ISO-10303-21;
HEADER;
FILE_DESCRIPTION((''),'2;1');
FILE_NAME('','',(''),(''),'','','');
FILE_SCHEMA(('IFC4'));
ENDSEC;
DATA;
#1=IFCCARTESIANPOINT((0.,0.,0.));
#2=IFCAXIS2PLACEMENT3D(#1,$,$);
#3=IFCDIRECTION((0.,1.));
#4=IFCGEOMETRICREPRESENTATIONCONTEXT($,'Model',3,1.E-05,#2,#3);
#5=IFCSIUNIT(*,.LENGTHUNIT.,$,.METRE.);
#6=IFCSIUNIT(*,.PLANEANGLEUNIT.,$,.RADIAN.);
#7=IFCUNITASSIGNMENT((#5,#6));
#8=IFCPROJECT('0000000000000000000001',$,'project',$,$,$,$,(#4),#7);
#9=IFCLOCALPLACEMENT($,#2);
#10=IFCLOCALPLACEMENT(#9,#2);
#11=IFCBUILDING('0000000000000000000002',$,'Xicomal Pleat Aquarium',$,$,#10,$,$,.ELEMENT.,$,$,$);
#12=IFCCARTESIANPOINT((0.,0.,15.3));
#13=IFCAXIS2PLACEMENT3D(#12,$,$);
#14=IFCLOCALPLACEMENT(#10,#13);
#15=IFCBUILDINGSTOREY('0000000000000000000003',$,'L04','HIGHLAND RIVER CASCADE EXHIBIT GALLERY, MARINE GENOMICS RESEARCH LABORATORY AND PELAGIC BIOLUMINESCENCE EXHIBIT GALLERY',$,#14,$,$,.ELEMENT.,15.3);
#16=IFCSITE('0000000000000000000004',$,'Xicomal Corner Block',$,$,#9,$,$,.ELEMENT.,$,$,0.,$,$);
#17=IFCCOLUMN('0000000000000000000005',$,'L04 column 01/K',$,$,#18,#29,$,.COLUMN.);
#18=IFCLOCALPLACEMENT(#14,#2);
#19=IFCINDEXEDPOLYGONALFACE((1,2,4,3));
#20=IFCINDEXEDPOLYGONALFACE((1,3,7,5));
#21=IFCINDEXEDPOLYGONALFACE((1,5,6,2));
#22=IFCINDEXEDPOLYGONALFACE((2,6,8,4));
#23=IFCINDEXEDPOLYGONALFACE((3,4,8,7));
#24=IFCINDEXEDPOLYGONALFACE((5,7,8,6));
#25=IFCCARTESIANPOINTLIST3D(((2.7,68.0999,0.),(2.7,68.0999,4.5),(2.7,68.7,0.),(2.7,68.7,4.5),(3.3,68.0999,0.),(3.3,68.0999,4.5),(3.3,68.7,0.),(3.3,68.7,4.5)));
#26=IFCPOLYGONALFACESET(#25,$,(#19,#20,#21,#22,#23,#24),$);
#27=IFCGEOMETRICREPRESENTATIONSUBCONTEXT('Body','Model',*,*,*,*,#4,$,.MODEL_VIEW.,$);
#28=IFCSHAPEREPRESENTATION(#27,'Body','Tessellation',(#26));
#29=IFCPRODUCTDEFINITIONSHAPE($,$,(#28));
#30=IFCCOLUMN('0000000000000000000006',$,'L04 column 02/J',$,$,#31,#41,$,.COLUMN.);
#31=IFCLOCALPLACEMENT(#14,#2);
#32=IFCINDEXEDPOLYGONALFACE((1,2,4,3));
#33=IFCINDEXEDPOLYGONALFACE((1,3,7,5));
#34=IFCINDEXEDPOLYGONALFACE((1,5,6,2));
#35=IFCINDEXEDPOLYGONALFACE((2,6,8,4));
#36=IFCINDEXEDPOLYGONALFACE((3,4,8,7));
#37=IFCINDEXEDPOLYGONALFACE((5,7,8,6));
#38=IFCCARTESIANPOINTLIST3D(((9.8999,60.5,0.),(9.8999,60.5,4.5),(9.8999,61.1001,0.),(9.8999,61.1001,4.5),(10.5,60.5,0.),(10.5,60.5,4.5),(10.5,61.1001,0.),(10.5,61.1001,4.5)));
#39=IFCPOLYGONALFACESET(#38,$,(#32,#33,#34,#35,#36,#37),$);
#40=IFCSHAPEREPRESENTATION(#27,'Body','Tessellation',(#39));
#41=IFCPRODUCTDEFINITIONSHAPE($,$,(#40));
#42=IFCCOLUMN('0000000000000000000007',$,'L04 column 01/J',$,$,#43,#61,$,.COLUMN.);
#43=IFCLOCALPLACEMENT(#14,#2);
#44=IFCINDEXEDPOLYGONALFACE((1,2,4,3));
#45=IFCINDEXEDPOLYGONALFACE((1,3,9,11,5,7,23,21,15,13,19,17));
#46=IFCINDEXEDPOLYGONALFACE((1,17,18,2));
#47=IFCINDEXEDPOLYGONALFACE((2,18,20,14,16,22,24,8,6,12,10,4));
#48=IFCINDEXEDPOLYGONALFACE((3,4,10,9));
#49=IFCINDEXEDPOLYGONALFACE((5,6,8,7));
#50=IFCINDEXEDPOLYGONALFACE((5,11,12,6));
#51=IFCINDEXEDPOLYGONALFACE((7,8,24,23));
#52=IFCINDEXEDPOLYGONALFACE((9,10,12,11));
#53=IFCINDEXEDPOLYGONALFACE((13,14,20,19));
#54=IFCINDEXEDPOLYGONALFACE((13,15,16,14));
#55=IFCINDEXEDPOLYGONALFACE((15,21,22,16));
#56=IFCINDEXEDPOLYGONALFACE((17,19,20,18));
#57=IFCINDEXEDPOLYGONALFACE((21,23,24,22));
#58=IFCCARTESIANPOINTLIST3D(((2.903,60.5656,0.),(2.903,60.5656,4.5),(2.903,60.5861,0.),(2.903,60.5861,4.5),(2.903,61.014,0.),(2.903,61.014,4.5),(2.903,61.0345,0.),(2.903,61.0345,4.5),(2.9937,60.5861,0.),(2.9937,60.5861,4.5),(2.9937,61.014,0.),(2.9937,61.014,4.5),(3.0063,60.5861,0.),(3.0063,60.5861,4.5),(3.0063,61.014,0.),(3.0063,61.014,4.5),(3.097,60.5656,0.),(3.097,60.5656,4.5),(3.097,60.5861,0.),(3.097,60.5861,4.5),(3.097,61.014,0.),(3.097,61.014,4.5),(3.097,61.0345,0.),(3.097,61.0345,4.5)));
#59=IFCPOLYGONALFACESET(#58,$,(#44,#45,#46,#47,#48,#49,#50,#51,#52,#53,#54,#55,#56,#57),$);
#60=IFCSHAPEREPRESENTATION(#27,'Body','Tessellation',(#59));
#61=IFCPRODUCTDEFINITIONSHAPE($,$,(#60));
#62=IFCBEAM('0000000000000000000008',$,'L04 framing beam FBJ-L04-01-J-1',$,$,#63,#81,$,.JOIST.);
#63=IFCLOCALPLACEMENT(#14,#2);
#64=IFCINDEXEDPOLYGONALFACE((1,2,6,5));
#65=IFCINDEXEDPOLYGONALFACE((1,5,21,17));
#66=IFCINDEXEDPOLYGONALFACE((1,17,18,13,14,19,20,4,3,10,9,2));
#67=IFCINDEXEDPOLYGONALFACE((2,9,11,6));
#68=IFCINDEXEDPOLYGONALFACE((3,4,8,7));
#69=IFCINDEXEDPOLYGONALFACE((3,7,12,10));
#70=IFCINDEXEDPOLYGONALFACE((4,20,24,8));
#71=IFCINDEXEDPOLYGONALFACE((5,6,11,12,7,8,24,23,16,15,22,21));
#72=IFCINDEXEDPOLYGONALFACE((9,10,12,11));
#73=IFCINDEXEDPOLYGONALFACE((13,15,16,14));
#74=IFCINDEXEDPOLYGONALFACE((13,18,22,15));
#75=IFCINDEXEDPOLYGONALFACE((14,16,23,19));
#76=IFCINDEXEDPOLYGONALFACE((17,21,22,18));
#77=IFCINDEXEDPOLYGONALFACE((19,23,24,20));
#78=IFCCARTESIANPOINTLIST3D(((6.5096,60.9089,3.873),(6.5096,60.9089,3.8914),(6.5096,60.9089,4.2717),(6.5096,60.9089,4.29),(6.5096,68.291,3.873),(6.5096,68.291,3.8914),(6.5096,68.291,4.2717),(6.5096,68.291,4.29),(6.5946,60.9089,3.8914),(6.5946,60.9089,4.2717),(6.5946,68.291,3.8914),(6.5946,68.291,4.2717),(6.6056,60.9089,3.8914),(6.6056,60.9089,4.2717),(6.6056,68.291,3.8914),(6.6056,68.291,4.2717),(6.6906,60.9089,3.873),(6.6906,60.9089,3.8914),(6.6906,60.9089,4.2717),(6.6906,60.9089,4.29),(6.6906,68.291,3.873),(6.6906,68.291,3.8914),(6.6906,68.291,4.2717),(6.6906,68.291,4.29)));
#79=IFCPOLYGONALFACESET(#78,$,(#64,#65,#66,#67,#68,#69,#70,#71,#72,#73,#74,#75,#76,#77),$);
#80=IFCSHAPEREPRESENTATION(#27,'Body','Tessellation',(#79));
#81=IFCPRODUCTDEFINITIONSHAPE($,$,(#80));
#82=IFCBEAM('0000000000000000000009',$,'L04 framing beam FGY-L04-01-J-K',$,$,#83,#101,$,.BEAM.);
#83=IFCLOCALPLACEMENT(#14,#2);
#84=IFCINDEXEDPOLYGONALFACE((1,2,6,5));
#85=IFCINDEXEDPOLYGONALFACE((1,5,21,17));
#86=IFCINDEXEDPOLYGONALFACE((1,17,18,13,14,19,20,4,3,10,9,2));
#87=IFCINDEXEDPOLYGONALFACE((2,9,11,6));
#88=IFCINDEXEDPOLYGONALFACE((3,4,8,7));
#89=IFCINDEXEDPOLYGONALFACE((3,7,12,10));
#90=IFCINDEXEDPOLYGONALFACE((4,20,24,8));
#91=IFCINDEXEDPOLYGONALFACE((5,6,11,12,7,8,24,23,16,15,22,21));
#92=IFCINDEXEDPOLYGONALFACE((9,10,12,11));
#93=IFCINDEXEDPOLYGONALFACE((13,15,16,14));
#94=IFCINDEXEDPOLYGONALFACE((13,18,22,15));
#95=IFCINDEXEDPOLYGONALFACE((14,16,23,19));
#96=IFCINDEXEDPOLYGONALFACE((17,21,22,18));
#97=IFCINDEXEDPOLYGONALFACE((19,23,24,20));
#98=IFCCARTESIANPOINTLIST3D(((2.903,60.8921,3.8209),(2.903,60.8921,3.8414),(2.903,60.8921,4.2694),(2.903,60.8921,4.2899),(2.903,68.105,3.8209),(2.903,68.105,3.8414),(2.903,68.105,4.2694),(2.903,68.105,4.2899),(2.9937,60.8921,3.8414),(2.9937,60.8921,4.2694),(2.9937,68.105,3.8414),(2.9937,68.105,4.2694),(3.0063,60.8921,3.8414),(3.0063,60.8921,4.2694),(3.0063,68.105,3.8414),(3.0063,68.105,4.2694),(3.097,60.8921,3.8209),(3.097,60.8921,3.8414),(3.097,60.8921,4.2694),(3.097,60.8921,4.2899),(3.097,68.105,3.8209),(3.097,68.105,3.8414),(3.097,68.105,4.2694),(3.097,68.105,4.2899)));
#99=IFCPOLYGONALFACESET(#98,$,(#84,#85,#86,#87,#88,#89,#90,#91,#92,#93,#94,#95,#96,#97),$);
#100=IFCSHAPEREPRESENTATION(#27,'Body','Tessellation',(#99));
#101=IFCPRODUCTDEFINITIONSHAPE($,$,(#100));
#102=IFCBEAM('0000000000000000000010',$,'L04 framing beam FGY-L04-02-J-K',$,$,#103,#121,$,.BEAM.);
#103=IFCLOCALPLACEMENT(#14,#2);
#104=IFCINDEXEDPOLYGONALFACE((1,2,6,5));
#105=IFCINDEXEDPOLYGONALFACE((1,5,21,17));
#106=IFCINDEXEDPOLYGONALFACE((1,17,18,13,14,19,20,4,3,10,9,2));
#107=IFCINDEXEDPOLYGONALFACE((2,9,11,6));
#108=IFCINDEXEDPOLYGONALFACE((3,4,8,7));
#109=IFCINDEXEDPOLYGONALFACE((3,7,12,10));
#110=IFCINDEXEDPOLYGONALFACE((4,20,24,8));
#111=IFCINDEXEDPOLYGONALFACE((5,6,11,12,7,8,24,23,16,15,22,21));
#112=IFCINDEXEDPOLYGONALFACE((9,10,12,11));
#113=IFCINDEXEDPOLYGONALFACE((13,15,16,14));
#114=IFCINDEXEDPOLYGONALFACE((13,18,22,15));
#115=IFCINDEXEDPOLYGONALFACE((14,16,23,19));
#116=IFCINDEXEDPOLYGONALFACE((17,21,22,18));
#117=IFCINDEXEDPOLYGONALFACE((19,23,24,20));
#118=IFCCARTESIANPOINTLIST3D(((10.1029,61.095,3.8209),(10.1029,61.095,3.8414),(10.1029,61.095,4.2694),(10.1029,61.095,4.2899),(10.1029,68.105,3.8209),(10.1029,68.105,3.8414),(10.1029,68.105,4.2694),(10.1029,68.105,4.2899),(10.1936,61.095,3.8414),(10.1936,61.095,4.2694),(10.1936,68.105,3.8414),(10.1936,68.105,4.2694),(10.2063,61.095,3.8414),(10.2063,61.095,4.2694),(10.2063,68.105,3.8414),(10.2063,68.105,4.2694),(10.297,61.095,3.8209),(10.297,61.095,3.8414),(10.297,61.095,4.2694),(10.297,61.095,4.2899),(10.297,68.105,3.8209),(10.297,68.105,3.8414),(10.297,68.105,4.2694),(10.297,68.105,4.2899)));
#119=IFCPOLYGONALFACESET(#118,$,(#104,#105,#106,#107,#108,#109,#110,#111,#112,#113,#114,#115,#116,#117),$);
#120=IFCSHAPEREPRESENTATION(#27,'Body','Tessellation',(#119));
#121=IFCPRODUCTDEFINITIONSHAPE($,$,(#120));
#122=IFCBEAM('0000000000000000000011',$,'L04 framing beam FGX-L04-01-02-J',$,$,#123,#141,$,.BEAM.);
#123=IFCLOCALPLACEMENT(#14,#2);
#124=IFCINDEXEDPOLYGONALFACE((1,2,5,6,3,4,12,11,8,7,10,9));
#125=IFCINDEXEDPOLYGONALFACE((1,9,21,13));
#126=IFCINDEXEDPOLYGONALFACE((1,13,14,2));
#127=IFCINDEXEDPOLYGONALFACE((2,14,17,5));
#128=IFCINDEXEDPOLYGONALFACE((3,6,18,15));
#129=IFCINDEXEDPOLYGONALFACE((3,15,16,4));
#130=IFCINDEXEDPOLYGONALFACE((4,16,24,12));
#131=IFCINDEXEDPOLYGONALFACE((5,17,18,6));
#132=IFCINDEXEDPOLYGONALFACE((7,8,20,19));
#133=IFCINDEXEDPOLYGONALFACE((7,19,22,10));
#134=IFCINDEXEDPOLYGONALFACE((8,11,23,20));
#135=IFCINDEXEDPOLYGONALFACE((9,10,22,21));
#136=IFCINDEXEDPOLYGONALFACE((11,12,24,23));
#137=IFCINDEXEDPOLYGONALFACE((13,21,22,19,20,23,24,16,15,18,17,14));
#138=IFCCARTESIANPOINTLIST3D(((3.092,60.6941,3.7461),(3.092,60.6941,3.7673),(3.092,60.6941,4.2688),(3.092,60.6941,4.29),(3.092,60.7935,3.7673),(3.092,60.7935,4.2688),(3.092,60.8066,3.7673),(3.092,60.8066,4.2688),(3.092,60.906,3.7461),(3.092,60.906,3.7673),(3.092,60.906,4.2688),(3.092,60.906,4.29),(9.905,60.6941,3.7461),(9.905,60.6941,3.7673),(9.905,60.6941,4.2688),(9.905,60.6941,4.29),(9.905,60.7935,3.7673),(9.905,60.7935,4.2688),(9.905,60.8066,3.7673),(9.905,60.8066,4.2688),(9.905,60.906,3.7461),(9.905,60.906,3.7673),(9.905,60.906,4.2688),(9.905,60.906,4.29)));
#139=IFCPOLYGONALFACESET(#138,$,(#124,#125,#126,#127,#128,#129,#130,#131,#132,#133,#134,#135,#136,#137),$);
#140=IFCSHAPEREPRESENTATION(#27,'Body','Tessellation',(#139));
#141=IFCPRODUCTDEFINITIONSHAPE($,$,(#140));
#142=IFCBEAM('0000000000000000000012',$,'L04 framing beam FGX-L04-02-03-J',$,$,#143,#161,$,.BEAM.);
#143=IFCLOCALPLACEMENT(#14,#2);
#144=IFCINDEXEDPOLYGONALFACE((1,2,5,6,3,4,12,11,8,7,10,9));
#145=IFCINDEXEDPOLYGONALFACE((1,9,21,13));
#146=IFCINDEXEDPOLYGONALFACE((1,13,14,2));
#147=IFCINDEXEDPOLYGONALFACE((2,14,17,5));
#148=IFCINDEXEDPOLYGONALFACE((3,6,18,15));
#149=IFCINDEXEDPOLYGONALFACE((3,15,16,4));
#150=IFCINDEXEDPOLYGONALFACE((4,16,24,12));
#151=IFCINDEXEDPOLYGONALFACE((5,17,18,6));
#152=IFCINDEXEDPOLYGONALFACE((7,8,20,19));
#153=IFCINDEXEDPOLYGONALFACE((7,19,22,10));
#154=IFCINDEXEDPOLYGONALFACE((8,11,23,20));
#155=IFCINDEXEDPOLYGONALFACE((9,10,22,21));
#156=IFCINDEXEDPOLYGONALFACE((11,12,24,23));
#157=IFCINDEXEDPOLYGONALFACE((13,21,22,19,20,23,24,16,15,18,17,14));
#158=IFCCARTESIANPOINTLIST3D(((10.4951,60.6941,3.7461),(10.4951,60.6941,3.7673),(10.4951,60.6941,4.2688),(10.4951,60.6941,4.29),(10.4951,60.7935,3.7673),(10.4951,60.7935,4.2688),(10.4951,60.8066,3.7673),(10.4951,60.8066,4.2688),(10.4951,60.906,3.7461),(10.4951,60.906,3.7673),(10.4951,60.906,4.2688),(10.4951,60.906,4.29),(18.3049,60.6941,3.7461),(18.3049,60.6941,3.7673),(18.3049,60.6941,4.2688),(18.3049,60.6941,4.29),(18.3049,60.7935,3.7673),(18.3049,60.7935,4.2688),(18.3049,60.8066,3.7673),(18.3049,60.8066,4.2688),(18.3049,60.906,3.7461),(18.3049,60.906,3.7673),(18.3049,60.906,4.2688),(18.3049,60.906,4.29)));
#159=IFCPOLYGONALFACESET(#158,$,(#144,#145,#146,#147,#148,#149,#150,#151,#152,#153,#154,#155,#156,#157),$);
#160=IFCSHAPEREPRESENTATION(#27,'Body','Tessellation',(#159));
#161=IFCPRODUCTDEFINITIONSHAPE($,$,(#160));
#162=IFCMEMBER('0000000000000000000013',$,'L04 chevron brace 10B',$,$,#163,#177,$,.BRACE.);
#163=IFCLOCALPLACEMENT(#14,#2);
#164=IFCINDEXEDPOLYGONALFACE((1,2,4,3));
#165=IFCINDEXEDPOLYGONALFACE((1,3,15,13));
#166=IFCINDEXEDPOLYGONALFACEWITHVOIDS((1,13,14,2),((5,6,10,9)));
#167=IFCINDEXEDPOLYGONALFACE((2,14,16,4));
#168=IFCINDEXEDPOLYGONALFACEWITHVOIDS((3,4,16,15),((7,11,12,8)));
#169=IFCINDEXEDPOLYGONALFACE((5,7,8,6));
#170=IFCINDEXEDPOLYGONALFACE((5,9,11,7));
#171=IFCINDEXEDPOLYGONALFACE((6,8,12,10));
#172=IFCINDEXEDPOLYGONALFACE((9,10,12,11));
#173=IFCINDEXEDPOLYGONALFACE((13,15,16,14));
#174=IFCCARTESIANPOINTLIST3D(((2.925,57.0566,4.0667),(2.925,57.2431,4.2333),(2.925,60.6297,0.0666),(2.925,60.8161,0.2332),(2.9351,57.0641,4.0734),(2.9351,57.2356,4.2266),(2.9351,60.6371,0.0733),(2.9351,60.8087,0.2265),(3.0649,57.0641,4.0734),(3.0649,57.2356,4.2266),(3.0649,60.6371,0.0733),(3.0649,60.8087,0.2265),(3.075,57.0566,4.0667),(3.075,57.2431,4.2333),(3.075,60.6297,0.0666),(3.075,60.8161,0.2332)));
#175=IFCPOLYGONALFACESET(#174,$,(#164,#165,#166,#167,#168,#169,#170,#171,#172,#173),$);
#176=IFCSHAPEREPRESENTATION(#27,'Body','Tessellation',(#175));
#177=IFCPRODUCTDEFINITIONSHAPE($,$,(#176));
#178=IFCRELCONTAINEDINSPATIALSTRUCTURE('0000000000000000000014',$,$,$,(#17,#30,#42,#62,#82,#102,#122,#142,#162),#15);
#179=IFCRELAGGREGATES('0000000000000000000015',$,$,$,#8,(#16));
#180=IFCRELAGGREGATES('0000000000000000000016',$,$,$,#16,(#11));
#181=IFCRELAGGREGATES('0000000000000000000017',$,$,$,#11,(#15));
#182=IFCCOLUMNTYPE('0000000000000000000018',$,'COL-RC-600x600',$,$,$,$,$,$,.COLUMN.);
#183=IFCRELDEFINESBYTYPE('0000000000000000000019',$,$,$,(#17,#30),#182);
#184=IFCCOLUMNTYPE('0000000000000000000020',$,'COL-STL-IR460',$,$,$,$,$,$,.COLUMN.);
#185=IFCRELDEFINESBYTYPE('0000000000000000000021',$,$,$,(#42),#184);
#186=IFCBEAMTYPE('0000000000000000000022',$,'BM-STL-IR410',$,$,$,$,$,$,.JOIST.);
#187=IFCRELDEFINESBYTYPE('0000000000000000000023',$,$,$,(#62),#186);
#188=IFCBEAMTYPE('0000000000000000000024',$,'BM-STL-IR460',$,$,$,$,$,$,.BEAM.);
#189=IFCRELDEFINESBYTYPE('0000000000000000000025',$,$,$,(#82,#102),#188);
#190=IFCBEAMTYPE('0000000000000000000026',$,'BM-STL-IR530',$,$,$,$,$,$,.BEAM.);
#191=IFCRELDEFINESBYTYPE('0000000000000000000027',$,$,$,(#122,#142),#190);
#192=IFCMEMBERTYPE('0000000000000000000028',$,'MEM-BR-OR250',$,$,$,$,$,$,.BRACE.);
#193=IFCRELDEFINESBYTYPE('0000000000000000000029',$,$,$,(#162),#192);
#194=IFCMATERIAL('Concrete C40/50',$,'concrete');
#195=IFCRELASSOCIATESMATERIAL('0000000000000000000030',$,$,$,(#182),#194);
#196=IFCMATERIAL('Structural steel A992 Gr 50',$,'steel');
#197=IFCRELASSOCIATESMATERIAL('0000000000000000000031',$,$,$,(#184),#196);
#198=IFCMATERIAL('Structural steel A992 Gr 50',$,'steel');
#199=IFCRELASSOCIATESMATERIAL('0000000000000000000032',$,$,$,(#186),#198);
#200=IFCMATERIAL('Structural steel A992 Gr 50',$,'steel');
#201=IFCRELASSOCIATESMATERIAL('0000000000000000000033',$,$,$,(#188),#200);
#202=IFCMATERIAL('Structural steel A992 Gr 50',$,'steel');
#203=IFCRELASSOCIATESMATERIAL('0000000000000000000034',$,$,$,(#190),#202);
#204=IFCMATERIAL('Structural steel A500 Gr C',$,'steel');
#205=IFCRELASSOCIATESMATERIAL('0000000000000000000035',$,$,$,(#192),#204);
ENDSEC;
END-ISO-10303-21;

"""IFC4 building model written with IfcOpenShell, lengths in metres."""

from ifc_helpers import new_model, si_unit, direction, frame, origin, origin_2d, place, context, subcontext, project, spatial, rectangle, hollow_rectangle, i_section, extrude, material, material_profile, profile_set, type_object, element, save


model = new_model("IFC4")

# Units and contexts
model_context = context("Model", 3, precision=1e-05, world=origin(), true_north=direction((0.0, 1.0)))
body_context = subcontext(model_context, "Body", "Model", "MODEL_VIEW")
ifc_project = project(units=[si_unit("LENGTHUNIT", "METRE"), si_unit("PLANEANGLEUNIT", "RADIAN")], contexts=[model_context])

# Site, building, storey
site_placement = place(None, origin())
site = spatial("IfcSite", under=ifc_project, at=site_placement, Name="Xicomal Corner Block", CompositionType="ELEMENT", RefElevation=0.0)
building_placement = place(site_placement, origin())
building = spatial("IfcBuilding", under=site, at=building_placement, Name="Xicomal Pleat Aquarium", CompositionType="ELEMENT")
storey_placement = place(building_placement, frame((0.0, 0.0, 15.3)))
storey = spatial("IfcBuildingStorey", under=building, at=storey_placement, Name="L04", Description="HIGHLAND RIVER CASCADE EXHIBIT GALLERY, MARINE GENOMICS RESEARCH LABORATORY AND PELAGIC BIOLUMINESCENCE EXHIBIT GALLERY", CompositionType="ELEMENT", Elevation=15.3)

# Columns
ifc_material_1 = material(Name="Concrete C40/50", Category="concrete")
ifc_material_profile_1 = material_profile(ifc_material_1, rectangle(XDim=0.6001, YDim=0.6001, at=origin_2d()), Name="RC 600x600")
ifc_profile_set_1 = profile_set([ifc_material_profile_1], Name="Concrete C40/50")
column_type_1 = type_object("IfcColumnType", Name="COL-RC-600x600", PredefinedType="COLUMN", material=ifc_profile_set_1)
for number, where, z_axis, x_axis, name in (
    (1, (3.0, 68.3999, 0.0), (0.0, 0.0, 1.0), (1.0, 0.0, 0.0), "L04 column 01/K"),
    (2, (10.2, 60.8, 0.0), (0.0, 0.0, 1.0), (1.0, 0.0, 0.0), "L04 column 02/J"),
):
    element("IfcColumn", number, at=place(storey_placement, frame(where, z_axis=z_axis, x_axis=x_axis)), inside=storey, type_object=column_type_1, Name=name, PredefinedType="COLUMN", context=body_context, shape_type="SweptSolid", body=[
        extrude(rectangle(XDim=0.6001, YDim=0.6001, at=origin_2d()), origin(), (0.0, 0.0, 1.0), 4.5),
    ])
ifc_material_2 = material(Name="Structural steel A992 Gr 50", Category="steel")
ifc_material_profile_2 = material_profile(ifc_material_2, i_section(OverallWidth=0.1941, OverallDepth=0.469, WebThickness=0.0127, FlangeThickness=0.0205, at=origin_2d()), Name="IR 460x106")
ifc_profile_set_2 = profile_set([ifc_material_profile_2], Name="Structural steel A992 Gr 50")
column_type_2 = type_object("IfcColumnType", Name="COL-STL-IR460", PredefinedType="COLUMN", material=ifc_profile_set_2)
column_placement = place(storey_placement, frame((3.0, 60.8, 0.0), z_axis=(0.0, 0.0, 1.0), x_axis=(1.0, 0.0, 0.0)))
element("IfcColumn", 3, at=column_placement, inside=storey, type_object=column_type_2, Name="L04 column 01/J", PredefinedType="COLUMN", context=body_context, shape_type="SweptSolid", body=[
    extrude(i_section(OverallWidth=0.1941, OverallDepth=0.469, WebThickness=0.0127, FlangeThickness=0.0205, at=origin_2d()), origin(), (0.0, 0.0, 1.0), 4.5),
])

# Beams
ifc_material_3 = material(Name="Structural steel A992 Gr 50", Category="steel")
ifc_material_profile_3 = material_profile(ifc_material_3, i_section(OverallWidth=0.1809, OverallDepth=0.417, WebThickness=0.011, FlangeThickness=0.0183, at=origin_2d()), Name="IR 410x85")
ifc_profile_set_3 = profile_set([ifc_material_profile_3], Name="Structural steel A992 Gr 50")
beam_type_1 = type_object("IfcBeamType", Name="BM-STL-IR410", PredefinedType="JOIST", material=ifc_profile_set_3)
beam_1_placement = place(storey_placement, frame((6.6001, 60.9089, 4.0815), z_axis=(0.0, 1.0, 0.0), x_axis=(-1.0, 0.0, 0.0)))
element("IfcBeam", 4, at=beam_1_placement, inside=storey, type_object=beam_type_1, Name="L04 framing beam FBJ-L04-01-J-1", PredefinedType="JOIST", context=body_context, shape_type="SweptSolid", body=[
    extrude(i_section(OverallWidth=0.1809, OverallDepth=0.417, WebThickness=0.011, FlangeThickness=0.0183, at=origin_2d()), origin(), (0.0, 0.0, 1.0), 7.3821),
])
ifc_material_4 = material(Name="Structural steel A992 Gr 50", Category="steel")
ifc_material_profile_4 = material_profile(ifc_material_4, i_section(OverallWidth=0.1941, OverallDepth=0.469, WebThickness=0.0127, FlangeThickness=0.0205, at=origin_2d()), Name="IR 460x106")
ifc_profile_set_4 = profile_set([ifc_material_profile_4], Name="Structural steel A992 Gr 50")
beam_type_2 = type_object("IfcBeamType", Name="BM-STL-IR460", PredefinedType="BEAM", material=ifc_profile_set_4)
beam_2_placement = place(storey_placement, frame((3.0, 60.8921, 4.0554), z_axis=(0.0, 1.0, 0.0), x_axis=(-1.0, 0.0, 0.0)))
element("IfcBeam", 5, at=beam_2_placement, inside=storey, type_object=beam_type_2, Name="L04 framing beam FGY-L04-01-J-K", PredefinedType="BEAM", context=body_context, shape_type="SweptSolid", body=[
    extrude(i_section(OverallWidth=0.1941, OverallDepth=0.469, WebThickness=0.0127, FlangeThickness=0.0205, at=origin_2d()), origin(), (0.0, 0.0, 1.0), 7.2129),
])
beam_3_placement = place(storey_placement, frame((10.2, 61.095, 4.0554), z_axis=(0.0, 1.0, 0.0), x_axis=(-1.0, 0.0, 0.0)))
element("IfcBeam", 6, at=beam_3_placement, inside=storey, type_object=beam_type_2, Name="L04 framing beam FGY-L04-02-J-K", PredefinedType="BEAM", context=body_context, shape_type="SweptSolid", body=[
    extrude(i_section(OverallWidth=0.1941, OverallDepth=0.469, WebThickness=0.0127, FlangeThickness=0.0205, at=origin_2d()), origin(), (0.0, 0.0, 1.0), 7.01),
])
ifc_material_5 = material(Name="Structural steel A992 Gr 50", Category="steel")
ifc_material_profile_5 = material_profile(ifc_material_5, i_section(OverallWidth=0.2119, OverallDepth=0.5439, WebThickness=0.0132, FlangeThickness=0.0212, at=origin_2d()), Name="IR 530x123")
ifc_profile_set_5 = profile_set([ifc_material_profile_5], Name="Structural steel A992 Gr 50")
beam_type_3 = type_object("IfcBeamType", Name="BM-STL-IR530", PredefinedType="BEAM", material=ifc_profile_set_5)
beam_4_placement = place(storey_placement, frame((3.092, 60.8, 4.0181), z_axis=(1.0, 0.0, 0.0), x_axis=(0.0, 1.0, 0.0)))
element("IfcBeam", 7, at=beam_4_placement, inside=storey, type_object=beam_type_3, Name="L04 framing beam FGX-L04-01-02-J", PredefinedType="BEAM", context=body_context, shape_type="SweptSolid", body=[
    extrude(i_section(OverallWidth=0.2119, OverallDepth=0.5439, WebThickness=0.0132, FlangeThickness=0.0212, at=origin_2d()), origin(), (0.0, 0.0, 1.0), 6.813),
])
beam_5_placement = place(storey_placement, frame((10.4951, 60.8, 4.0181), z_axis=(1.0, 0.0, 0.0), x_axis=(0.0, 1.0, 0.0)))
element("IfcBeam", 8, at=beam_5_placement, inside=storey, type_object=beam_type_3, Name="L04 framing beam FGX-L04-02-03-J", PredefinedType="BEAM", context=body_context, shape_type="SweptSolid", body=[
    extrude(i_section(OverallWidth=0.2119, OverallDepth=0.5439, WebThickness=0.0132, FlangeThickness=0.0212, at=origin_2d()), origin(), (0.0, 0.0, 1.0), 7.8098),
])

# Member
ifc_material_6 = material(Name="Structural steel A500 Gr C", Category="steel")
ifc_material_profile_6 = material_profile(ifc_material_6, hollow_rectangle(XDim=0.1499, YDim=0.25, WallThickness=0.01, at=origin_2d()), Name="OR 250x150x10")
ifc_profile_set_6 = profile_set([ifc_material_profile_6], Name="Structural steel A500 Gr C")
member_type = type_object("IfcMemberType", Name="MEM-BR-OR250", PredefinedType="BRACE", material=ifc_profile_set_6)
member_placement = place(storey_placement, frame((3.0, 60.7229, 0.1499), z_axis=(0.0, -0.666179, 0.745792), x_axis=(1.0, 0.0, 0.0)))
element("IfcMember", 9, at=member_placement, inside=storey, type_object=member_type, Name="L04 chevron brace 10B", PredefinedType="BRACE", context=body_context, shape_type="SweptSolid", body=[
    extrude(hollow_rectangle(XDim=0.1499, YDim=0.25, WallThickness=0.01, at=origin_2d()), origin(), (0.0, 0.0, 1.0), 5.3635),
])

save(model, "model.ifc")
